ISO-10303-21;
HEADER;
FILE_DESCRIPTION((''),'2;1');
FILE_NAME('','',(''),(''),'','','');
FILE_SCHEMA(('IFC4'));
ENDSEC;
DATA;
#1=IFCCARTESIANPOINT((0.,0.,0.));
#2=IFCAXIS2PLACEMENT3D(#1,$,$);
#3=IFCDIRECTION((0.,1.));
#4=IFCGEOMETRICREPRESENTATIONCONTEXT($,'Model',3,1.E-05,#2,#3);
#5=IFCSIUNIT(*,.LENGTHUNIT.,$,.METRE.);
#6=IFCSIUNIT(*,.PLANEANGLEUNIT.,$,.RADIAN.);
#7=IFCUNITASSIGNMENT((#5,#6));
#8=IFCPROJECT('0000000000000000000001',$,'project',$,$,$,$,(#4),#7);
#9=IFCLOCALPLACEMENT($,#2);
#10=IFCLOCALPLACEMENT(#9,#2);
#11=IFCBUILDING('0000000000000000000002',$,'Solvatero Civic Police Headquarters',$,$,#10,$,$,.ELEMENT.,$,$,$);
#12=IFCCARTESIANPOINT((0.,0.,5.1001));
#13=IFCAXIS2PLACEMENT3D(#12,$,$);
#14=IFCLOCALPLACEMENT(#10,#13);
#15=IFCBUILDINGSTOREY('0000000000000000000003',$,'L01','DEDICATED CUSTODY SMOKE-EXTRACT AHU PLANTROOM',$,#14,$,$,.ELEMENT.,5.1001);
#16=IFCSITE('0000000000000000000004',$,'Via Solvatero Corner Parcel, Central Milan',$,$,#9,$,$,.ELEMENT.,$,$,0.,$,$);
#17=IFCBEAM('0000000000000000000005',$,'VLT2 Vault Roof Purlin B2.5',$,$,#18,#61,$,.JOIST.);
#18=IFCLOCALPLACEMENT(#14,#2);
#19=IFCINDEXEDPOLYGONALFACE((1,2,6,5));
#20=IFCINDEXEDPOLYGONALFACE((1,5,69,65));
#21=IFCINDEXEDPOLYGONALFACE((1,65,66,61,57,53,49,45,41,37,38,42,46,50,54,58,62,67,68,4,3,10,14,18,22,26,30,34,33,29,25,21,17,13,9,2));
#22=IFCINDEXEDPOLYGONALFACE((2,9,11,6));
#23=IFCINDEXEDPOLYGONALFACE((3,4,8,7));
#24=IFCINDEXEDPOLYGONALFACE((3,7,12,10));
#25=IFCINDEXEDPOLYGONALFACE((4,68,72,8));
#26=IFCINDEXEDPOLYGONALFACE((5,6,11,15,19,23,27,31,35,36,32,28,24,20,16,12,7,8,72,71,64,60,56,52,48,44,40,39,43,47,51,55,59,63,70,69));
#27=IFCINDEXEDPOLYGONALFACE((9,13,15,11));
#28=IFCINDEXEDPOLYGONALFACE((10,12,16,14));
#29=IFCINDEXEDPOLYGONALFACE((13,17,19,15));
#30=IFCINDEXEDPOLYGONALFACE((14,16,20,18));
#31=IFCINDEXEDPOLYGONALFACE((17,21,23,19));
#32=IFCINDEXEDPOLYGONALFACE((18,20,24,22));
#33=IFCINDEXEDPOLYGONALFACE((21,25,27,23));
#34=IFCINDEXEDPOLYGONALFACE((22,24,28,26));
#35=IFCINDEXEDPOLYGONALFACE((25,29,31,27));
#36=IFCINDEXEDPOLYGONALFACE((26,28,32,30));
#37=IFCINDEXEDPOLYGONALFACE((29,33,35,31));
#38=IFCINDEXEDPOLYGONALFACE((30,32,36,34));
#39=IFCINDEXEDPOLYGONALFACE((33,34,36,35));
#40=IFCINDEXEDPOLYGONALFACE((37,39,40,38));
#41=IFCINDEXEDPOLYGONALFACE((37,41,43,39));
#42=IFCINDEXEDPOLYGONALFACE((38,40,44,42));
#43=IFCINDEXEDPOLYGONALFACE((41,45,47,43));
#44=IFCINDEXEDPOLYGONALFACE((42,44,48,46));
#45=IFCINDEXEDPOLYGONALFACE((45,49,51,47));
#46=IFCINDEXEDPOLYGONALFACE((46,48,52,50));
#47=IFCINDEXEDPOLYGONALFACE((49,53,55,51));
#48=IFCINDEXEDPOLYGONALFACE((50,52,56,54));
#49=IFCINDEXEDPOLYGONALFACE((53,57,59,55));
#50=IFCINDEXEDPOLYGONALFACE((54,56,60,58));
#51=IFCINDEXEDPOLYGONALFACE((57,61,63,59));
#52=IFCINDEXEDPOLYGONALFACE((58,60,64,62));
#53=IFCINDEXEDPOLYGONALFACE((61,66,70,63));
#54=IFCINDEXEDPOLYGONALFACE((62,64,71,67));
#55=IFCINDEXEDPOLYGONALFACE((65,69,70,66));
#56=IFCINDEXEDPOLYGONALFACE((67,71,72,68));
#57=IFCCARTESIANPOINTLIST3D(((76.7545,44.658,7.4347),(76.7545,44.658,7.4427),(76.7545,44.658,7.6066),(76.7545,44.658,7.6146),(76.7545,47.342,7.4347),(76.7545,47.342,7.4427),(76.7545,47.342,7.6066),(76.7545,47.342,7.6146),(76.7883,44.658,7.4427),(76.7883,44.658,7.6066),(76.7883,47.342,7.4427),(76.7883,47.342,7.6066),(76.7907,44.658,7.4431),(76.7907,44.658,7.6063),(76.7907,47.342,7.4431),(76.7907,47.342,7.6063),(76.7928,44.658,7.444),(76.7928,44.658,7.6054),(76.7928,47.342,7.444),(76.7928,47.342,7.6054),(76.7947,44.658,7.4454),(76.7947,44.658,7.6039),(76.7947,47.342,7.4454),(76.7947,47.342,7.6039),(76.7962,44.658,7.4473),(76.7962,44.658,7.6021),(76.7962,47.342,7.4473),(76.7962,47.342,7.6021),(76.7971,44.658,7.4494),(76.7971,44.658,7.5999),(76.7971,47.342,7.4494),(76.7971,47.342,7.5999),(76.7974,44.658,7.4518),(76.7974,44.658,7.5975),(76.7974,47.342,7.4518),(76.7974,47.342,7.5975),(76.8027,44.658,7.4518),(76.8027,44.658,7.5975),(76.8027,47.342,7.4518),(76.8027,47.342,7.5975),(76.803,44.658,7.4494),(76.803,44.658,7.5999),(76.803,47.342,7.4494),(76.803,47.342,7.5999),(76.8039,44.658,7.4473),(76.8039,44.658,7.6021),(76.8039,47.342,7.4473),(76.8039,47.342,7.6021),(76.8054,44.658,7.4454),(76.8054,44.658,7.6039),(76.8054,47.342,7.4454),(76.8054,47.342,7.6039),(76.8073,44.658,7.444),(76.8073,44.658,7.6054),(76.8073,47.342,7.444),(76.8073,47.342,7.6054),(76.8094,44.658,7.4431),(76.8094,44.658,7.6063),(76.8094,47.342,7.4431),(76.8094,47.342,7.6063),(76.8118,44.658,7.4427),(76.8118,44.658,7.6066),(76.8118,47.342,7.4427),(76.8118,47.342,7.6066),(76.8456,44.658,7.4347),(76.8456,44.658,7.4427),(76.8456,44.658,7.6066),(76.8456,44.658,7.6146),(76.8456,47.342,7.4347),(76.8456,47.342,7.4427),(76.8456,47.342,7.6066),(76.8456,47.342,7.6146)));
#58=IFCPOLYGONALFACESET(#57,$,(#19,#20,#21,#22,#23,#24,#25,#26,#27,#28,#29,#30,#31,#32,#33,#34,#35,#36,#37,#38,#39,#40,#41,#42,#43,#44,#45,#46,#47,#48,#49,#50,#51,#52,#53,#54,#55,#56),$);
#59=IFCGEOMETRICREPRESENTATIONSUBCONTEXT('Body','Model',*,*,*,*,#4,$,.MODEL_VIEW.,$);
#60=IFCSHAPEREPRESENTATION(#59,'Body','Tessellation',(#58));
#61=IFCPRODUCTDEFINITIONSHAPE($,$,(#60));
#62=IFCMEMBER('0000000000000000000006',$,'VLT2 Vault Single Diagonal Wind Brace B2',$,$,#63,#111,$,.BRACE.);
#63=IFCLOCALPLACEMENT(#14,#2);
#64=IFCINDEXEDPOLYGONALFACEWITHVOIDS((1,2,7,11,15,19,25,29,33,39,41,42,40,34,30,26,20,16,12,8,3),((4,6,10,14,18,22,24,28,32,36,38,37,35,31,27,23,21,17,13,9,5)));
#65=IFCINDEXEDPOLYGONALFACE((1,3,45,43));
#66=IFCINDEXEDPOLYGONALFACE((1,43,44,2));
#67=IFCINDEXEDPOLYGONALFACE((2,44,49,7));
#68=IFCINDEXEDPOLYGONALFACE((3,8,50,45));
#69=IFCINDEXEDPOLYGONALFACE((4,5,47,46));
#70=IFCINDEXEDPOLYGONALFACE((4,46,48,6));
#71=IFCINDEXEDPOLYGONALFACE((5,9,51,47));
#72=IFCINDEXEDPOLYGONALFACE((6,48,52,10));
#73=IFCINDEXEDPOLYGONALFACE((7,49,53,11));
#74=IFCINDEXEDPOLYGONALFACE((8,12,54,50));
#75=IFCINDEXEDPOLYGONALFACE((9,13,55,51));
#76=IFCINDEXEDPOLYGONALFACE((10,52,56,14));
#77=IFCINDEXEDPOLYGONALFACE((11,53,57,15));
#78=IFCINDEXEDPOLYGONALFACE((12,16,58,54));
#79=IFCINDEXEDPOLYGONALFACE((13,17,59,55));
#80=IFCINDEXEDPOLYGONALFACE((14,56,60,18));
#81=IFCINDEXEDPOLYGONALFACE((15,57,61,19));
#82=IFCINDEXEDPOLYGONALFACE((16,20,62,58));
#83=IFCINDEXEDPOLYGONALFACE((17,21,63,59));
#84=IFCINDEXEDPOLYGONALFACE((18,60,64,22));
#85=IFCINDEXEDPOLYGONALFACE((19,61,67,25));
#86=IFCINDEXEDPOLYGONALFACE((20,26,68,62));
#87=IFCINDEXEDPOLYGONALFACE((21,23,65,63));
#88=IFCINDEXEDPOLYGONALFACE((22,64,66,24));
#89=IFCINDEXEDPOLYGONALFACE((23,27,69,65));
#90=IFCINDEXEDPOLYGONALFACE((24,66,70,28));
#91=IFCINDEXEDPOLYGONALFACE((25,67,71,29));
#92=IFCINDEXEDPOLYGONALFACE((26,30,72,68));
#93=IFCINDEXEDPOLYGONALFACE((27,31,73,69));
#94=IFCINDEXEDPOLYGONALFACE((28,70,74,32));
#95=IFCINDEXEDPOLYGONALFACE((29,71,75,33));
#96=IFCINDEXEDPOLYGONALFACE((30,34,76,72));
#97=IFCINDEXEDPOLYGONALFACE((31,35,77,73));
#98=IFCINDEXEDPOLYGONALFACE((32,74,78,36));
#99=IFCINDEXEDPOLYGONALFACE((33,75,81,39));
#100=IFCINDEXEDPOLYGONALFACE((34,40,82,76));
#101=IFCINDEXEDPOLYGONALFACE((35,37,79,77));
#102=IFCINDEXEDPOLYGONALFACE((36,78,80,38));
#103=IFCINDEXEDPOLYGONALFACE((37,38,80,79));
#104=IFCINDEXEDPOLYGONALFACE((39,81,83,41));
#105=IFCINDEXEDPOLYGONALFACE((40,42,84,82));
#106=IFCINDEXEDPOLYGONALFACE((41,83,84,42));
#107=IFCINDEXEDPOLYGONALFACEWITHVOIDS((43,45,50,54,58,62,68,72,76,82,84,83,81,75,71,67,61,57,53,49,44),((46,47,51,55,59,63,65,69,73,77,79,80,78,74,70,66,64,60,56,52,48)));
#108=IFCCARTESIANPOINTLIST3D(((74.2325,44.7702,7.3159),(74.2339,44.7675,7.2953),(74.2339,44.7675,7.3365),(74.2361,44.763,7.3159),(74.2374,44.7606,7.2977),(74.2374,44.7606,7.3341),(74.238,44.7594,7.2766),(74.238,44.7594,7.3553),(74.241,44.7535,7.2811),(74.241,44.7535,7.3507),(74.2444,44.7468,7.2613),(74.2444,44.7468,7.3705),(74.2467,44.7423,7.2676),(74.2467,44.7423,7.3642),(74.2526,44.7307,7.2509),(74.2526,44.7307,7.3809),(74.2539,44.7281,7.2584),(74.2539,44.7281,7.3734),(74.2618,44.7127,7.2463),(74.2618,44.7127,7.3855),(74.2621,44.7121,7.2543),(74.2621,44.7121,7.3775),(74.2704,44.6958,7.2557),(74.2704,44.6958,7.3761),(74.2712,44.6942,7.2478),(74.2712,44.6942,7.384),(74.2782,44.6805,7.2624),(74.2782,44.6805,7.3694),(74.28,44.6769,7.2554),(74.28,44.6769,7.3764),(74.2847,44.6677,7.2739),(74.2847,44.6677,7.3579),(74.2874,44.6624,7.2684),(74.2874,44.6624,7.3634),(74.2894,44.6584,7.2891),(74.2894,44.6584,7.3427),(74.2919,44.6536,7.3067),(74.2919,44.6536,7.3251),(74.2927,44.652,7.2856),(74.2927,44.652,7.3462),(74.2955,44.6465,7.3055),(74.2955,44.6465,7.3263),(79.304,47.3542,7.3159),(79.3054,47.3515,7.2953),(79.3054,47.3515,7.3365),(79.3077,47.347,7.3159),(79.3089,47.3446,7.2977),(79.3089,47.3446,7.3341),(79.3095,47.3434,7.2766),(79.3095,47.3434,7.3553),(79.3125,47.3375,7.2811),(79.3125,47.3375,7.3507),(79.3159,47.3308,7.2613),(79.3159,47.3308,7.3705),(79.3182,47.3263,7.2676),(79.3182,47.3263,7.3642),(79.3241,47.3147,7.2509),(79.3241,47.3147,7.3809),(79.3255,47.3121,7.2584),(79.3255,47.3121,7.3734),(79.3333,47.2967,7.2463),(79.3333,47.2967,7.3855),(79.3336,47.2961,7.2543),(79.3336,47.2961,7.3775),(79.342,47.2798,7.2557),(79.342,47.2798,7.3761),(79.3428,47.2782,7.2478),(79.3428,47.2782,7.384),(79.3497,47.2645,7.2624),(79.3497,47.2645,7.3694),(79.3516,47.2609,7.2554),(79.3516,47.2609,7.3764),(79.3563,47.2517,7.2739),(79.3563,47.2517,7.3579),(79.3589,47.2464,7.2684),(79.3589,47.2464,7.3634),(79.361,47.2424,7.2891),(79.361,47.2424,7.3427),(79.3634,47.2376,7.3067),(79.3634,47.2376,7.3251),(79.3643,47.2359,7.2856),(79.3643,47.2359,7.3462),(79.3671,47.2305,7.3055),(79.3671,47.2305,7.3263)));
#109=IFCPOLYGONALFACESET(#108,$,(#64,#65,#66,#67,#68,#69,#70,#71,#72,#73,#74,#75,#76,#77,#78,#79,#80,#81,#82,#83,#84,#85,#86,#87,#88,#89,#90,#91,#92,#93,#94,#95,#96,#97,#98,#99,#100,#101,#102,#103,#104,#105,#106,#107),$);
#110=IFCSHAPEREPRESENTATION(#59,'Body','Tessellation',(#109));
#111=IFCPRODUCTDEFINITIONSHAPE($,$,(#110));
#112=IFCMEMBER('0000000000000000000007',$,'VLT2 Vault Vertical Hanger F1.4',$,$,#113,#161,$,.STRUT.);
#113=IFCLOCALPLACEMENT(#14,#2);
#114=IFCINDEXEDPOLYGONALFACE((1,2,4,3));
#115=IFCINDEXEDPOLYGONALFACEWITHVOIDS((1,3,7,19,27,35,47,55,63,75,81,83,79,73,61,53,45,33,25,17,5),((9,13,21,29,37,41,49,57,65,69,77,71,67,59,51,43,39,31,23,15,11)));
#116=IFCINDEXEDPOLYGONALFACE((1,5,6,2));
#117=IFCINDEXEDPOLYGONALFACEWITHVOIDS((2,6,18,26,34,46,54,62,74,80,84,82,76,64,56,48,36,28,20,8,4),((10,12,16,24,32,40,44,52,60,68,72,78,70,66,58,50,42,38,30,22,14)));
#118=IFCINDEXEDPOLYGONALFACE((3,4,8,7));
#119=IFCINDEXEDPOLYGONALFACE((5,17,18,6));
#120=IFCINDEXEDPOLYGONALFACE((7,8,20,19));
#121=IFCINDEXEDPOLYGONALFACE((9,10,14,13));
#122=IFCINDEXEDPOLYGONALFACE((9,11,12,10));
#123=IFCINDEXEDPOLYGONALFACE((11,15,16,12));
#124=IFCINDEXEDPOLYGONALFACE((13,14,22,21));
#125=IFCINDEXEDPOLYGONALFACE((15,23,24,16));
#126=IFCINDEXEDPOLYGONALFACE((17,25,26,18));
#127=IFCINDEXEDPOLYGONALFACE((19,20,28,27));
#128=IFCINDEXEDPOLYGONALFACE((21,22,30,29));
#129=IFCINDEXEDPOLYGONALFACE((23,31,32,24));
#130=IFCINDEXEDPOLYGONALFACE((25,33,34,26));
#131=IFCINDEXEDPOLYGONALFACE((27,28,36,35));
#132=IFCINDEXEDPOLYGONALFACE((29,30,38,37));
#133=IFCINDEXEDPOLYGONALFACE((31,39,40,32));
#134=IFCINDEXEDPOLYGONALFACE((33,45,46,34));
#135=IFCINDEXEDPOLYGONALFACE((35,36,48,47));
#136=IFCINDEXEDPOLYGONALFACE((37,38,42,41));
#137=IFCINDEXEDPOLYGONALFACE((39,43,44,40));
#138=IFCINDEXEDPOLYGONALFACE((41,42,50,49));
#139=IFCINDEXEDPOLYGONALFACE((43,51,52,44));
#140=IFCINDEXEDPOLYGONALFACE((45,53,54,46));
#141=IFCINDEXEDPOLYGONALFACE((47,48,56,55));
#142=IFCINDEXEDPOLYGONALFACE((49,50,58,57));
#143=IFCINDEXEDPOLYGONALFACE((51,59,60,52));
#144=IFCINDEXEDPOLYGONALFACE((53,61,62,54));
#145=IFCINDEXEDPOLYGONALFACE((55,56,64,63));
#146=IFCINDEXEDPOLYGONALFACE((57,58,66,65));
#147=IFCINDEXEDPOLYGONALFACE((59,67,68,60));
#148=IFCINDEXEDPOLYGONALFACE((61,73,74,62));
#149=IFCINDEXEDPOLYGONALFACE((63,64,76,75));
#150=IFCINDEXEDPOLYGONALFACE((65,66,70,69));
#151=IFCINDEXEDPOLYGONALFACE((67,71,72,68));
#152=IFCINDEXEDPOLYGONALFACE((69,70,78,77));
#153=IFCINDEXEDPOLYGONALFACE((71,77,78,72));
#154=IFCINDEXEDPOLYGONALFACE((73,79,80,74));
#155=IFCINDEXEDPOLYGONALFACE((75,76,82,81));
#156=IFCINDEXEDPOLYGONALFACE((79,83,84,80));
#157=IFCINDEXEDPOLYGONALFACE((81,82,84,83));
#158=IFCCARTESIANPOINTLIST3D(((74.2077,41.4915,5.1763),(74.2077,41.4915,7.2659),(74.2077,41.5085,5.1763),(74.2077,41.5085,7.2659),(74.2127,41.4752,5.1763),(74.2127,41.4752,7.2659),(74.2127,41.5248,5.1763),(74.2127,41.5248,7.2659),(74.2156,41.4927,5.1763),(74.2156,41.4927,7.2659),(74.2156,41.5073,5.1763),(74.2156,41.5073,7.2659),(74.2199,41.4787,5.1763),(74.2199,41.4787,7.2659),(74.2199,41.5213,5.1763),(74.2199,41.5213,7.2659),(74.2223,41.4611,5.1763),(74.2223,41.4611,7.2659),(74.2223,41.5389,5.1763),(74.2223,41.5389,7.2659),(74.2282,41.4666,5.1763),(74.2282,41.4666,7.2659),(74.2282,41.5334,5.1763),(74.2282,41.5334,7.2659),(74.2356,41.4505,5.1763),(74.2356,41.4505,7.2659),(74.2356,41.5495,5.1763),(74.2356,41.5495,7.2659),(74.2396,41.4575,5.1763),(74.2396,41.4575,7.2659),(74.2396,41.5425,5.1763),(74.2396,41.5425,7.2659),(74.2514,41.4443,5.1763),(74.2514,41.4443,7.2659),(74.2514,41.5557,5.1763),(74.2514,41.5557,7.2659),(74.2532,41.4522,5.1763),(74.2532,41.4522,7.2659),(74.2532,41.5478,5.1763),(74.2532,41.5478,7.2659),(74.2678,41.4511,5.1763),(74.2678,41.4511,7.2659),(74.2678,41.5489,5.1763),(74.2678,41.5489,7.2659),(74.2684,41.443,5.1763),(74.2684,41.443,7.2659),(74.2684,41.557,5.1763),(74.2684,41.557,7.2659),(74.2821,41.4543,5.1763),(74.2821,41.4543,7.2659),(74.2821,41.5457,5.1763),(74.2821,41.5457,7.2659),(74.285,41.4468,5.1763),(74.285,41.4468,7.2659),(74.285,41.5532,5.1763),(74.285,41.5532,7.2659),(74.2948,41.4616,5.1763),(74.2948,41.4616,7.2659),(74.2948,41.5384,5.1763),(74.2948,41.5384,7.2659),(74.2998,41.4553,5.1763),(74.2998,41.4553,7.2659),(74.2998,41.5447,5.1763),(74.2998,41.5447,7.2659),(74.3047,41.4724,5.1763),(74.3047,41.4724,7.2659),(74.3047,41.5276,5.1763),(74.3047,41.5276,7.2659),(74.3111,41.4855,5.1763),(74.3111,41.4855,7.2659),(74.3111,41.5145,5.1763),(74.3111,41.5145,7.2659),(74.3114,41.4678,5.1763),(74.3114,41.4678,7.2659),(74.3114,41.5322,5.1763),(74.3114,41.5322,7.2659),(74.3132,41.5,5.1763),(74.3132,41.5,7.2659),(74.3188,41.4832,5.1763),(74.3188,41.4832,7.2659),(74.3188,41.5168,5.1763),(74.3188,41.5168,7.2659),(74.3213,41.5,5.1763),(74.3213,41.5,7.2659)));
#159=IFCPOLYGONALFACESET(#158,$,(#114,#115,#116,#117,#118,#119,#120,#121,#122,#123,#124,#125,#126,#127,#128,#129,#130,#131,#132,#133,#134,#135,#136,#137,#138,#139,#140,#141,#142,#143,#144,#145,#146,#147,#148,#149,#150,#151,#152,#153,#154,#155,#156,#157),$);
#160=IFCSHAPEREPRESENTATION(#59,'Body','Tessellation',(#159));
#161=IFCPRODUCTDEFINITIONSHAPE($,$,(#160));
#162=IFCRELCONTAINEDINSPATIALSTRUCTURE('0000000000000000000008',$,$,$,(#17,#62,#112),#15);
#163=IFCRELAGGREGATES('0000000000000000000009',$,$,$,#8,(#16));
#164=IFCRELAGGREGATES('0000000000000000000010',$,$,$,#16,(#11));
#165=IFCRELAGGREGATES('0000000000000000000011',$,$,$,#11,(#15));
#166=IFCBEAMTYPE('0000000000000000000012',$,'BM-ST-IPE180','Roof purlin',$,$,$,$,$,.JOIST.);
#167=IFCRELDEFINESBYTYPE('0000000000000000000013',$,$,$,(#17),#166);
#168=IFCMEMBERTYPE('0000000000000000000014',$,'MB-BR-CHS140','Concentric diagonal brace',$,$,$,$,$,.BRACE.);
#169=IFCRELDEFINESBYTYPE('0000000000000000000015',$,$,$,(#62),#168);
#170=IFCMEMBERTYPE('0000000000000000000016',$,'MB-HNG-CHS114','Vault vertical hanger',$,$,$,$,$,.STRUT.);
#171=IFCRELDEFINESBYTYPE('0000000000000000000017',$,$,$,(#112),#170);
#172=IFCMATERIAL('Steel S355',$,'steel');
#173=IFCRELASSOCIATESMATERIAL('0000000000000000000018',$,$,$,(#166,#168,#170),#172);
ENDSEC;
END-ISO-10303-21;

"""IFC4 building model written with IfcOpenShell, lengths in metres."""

from ifc_helpers import new_model, si_unit, direction, frame, origin, origin_2d, place, context, subcontext, project, spatial, hollow_circle, i_section, extrude, material, material_profile, profile_set, type_object, element, save


model = new_model("IFC4")

# Units and contexts
model_context = context("Model", 3, precision=1e-05, world=origin(), true_north=direction((0.0, 1.0)))
body_context = subcontext(model_context, "Body", "Model", "MODEL_VIEW")
ifc_project = project(units=[si_unit("LENGTHUNIT", "METRE"), si_unit("PLANEANGLEUNIT", "RADIAN")], contexts=[model_context])

# Site, building, storey
site_placement = place(None, origin())
site = spatial("IfcSite", under=ifc_project, at=site_placement, Name="Via Solvatero Corner Parcel, Central Milan", CompositionType="ELEMENT", RefElevation=0.0)
building_placement = place(site_placement, origin())
building = spatial("IfcBuilding", under=site, at=building_placement, Name="Solvatero Civic Police Headquarters", CompositionType="ELEMENT")
storey_placement = place(building_placement, frame((0.0, 0.0, 5.1001)))
storey = spatial("IfcBuildingStorey", under=building, at=storey_placement, Name="L01", Description="DEDICATED CUSTODY SMOKE-EXTRACT AHU PLANTROOM", CompositionType="ELEMENT", Elevation=5.1001)

# Beam
ifc_material_1 = material(Name="Steel S355", Category="steel")
ifc_material_profile_1 = material_profile(ifc_material_1, i_section(OverallWidth=0.0911, OverallDepth=0.1799, WebThickness=0.0054, FlangeThickness=0.0081, FilletRadius=0.009, at=origin_2d()), Name="IPE 180")
ifc_profile_set_1 = profile_set([ifc_material_profile_1], Name="Steel S355")
beam_type_1 = type_object("IfcBeamType", Name="BM-ST-IPE180", Description="Roof purlin", PredefinedType="JOIST", material=ifc_profile_set_1)
for number, where, z_axis, x_axis, name in (
    (1, (76.8, 44.658, 7.5247), (0.0, 1.0, 0.0), (-1.0, 0.0, 0.0), "VLT2 Vault Roof Purlin B2.5"),
):
    element("IfcBeam", number, at=place(storey_placement, frame(where, z_axis=z_axis, x_axis=x_axis)), inside=storey, type_object=beam_type_1, Name=name, PredefinedType="JOIST", context=body_context, shape_type="SweptSolid", body=[
        extrude(i_section(OverallWidth=0.0911, OverallDepth=0.1799, WebThickness=0.0054, FlangeThickness=0.0081, FilletRadius=0.009, at=origin_2d()), origin(), (0.0, 0.0, 1.0), 2.6841),
    ])

# Members
ifc_material_profile_2 = material_profile(ifc_material_1, hollow_circle(Radius=0.0698, WallThickness=0.0081, at=origin_2d()), Name="CHS 139.7x8.0")
ifc_profile_set_2 = profile_set([ifc_material_profile_2], Name="Steel S355")
member_type_1 = type_object("IfcMemberType", Name="MB-BR-CHS140", Description="Concentric diagonal brace", PredefinedType="BRACE", material=ifc_profile_set_2)
member_1_placement = place(storey_placement, frame((74.2642, 44.708, 7.3159), z_axis=(0.891013, 0.453978, 0.0), x_axis=(-0.453978, 0.891013, 0.0)))
element("IfcMember", 2, at=member_1_placement, inside=storey, type_object=member_type_1, Name="VLT2 Vault Single Diagonal Wind Brace B2", PredefinedType="BRACE", context=body_context, shape_type="SweptSolid", body=[
    extrude(hollow_circle(Radius=0.0698, WallThickness=0.0081, at=origin_2d()), origin(), (0.0, 0.0, 1.0), 5.6919),
])
ifc_material_profile_3 = material_profile(ifc_material_1, hollow_circle(Radius=0.0571, WallThickness=0.0081, at=origin_2d()), Name="CHS 114.3x8.0")
ifc_profile_set_3 = profile_set([ifc_material_profile_3], Name="Steel S355")
member_type_2 = type_object("IfcMemberType", Name="MB-HNG-CHS114", Description="Vault vertical hanger", PredefinedType="STRUT", material=ifc_profile_set_3)
member_2_placement = place(storey_placement, frame((74.2642, 41.5, 5.1763), z_axis=(0.0, 0.0, 1.0), x_axis=(1.0, 0.0, 0.0)))
element("IfcMember", 3, at=member_2_placement, inside=storey, type_object=member_type_2, Name="VLT2 Vault Vertical Hanger F1.4", PredefinedType="STRUT", context=body_context, shape_type="SweptSolid", body=[
    extrude(hollow_circle(Radius=0.0571, WallThickness=0.0081, at=origin_2d()), origin(), (0.0, 0.0, 1.0), 2.0896),
])

save(model, "model.ifc")
